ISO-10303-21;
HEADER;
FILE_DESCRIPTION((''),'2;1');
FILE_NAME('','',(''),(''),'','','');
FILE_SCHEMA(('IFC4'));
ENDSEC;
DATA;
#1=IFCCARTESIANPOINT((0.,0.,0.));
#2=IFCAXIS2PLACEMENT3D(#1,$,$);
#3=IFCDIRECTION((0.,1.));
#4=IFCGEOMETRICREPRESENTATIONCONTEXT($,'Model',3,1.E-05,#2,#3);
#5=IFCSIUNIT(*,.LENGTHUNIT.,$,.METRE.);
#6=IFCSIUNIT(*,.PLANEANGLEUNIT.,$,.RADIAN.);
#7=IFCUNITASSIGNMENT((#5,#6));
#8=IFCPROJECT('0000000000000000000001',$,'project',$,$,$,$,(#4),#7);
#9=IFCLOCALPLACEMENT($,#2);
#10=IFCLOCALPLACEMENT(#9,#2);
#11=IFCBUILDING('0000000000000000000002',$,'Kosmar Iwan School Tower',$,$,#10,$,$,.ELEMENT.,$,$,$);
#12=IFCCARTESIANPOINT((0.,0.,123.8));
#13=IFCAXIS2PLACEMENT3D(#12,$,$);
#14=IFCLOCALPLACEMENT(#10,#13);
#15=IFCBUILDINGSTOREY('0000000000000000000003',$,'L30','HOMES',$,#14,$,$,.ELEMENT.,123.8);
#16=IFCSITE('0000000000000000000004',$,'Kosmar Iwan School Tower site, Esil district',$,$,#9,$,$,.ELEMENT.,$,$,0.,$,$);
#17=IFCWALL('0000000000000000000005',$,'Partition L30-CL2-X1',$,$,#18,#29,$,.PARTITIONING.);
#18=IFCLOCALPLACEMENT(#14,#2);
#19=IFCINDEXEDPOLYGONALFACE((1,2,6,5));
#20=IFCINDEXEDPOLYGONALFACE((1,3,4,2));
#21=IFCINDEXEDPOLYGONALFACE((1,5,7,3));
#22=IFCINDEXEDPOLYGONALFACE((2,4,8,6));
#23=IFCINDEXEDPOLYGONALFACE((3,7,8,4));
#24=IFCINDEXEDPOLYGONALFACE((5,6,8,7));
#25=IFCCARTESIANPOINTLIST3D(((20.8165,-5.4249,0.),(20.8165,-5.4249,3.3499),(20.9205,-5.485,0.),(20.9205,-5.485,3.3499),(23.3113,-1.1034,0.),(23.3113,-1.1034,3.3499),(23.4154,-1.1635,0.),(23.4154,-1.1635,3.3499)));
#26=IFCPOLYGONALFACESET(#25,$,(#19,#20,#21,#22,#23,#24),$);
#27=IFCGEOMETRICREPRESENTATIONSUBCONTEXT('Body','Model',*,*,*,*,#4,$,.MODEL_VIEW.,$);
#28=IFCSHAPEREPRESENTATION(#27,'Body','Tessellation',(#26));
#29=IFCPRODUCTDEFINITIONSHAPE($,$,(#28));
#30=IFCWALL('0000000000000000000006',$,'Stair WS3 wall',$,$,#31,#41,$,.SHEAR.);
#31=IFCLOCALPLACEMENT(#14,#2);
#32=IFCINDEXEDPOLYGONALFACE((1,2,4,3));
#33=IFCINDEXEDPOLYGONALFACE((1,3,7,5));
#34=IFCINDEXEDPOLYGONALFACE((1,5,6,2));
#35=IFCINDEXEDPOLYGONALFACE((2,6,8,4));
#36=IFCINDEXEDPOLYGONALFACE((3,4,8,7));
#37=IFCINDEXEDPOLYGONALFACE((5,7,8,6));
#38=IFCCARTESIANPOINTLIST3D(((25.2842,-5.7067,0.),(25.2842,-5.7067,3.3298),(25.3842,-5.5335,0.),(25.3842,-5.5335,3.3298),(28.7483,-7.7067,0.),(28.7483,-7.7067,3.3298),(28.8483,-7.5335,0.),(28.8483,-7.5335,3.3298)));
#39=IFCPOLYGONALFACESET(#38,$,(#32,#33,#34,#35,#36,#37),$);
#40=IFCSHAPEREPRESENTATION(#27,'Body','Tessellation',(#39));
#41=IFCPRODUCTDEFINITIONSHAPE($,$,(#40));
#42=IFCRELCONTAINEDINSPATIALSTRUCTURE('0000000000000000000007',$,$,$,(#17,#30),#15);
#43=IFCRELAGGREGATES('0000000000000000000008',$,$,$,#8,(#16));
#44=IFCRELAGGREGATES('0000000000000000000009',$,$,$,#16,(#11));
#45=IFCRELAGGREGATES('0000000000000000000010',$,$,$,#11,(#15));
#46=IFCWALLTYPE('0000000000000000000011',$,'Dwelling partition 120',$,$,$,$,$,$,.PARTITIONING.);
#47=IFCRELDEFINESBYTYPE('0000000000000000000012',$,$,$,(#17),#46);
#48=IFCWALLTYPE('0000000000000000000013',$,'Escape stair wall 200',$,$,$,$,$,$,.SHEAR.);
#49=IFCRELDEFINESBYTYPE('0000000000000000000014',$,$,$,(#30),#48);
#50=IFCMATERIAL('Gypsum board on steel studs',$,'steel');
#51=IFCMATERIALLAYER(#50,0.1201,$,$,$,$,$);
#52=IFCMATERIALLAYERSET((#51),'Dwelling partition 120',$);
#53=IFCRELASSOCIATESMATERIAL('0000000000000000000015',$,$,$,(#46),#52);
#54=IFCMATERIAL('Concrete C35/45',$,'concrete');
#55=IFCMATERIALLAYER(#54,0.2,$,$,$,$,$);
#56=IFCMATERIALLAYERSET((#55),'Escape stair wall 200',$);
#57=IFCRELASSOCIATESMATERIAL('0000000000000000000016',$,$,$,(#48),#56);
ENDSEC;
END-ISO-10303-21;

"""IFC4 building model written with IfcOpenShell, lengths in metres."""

from ifc_helpers import new_model, si_unit, direction, frame, frame_2d, origin, place, context, subcontext, project, spatial, rectangle, extrude, material, layer, layer_set, type_object, element, save


model = new_model("IFC4")

# Units and contexts
model_context = context("Model", 3, precision=1e-05, world=origin(), true_north=direction((0.0, 1.0)))
body_context = subcontext(model_context, "Body", "Model", "MODEL_VIEW")
ifc_project = project(units=[si_unit("LENGTHUNIT", "METRE"), si_unit("PLANEANGLEUNIT", "RADIAN")], contexts=[model_context])

# Site, building, storey
site_placement = place(None, origin())
site = spatial("IfcSite", under=ifc_project, at=site_placement, Name="Kosmar Iwan School Tower site, Esil district", CompositionType="ELEMENT", RefElevation=0.0)
building_placement = place(site_placement, origin())
building = spatial("IfcBuilding", under=site, at=building_placement, Name="Kosmar Iwan School Tower", CompositionType="ELEMENT")
storey_placement = place(building_placement, frame((0.0, 0.0, 123.8)))
storey = spatial("IfcBuildingStorey", under=building, at=storey_placement, Name="L30", Description="HOMES", CompositionType="ELEMENT", Elevation=123.8)

# Shared definitions
ifc_material_1 = material(Name="Gypsum board on steel studs", Category="steel")
ifc_layer_1 = layer(ifc_material_1, 0.1201)
ifc_layer_set_1 = layer_set([ifc_layer_1], Name="Dwelling partition 120")
wall_type_1 = type_object("IfcWallType", Name="Dwelling partition 120", PredefinedType="PARTITIONING", material=ifc_layer_set_1)

# Walls
wall_1_placement = place(storey_placement, frame((20.8684, -5.4551, 0.0), z_axis=(0.0, 0.0, 1.0), x_axis=(0.499975, 0.86604, 0.0)))
element("IfcWall", 1, at=wall_1_placement, inside=storey, type_object=wall_type_1, Name="Partition L30-CL2-X1", PredefinedType="PARTITIONING", context=body_context, shape_type="SweptSolid", body=[
    extrude(rectangle(XDim=4.99, YDim=0.1201, at=frame_2d((2.4951, 0.0))), origin(), (0.0, 0.0, 1.0), 3.3499),
])
ifc_material_2 = material(Name="Concrete C35/45", Category="concrete")
ifc_layer_2 = layer(ifc_material_2, 0.2)
ifc_layer_set_2 = layer_set([ifc_layer_2], Name="Escape stair wall 200")
wall_type_2 = type_object("IfcWallType", Name="Escape stair wall 200", PredefinedType="SHEAR", material=ifc_layer_set_2)
wall_2_placement = place(storey_placement, frame((25.3342, -5.6201, 0.0), z_axis=(0.0, 0.0, 1.0), x_axis=(0.866026, -0.499999, 0.0)))
element("IfcWall", 2, at=wall_2_placement, inside=storey, type_object=wall_type_2, Name="Stair WS3 wall", PredefinedType="SHEAR", context=body_context, shape_type="SweptSolid", body=[
    extrude(rectangle(XDim=4.0, YDim=0.2, at=frame_2d((2.0, 0.0))), origin(), (0.0, 0.0, 1.0), 3.3298),
])

save(model, "model.ifc")
